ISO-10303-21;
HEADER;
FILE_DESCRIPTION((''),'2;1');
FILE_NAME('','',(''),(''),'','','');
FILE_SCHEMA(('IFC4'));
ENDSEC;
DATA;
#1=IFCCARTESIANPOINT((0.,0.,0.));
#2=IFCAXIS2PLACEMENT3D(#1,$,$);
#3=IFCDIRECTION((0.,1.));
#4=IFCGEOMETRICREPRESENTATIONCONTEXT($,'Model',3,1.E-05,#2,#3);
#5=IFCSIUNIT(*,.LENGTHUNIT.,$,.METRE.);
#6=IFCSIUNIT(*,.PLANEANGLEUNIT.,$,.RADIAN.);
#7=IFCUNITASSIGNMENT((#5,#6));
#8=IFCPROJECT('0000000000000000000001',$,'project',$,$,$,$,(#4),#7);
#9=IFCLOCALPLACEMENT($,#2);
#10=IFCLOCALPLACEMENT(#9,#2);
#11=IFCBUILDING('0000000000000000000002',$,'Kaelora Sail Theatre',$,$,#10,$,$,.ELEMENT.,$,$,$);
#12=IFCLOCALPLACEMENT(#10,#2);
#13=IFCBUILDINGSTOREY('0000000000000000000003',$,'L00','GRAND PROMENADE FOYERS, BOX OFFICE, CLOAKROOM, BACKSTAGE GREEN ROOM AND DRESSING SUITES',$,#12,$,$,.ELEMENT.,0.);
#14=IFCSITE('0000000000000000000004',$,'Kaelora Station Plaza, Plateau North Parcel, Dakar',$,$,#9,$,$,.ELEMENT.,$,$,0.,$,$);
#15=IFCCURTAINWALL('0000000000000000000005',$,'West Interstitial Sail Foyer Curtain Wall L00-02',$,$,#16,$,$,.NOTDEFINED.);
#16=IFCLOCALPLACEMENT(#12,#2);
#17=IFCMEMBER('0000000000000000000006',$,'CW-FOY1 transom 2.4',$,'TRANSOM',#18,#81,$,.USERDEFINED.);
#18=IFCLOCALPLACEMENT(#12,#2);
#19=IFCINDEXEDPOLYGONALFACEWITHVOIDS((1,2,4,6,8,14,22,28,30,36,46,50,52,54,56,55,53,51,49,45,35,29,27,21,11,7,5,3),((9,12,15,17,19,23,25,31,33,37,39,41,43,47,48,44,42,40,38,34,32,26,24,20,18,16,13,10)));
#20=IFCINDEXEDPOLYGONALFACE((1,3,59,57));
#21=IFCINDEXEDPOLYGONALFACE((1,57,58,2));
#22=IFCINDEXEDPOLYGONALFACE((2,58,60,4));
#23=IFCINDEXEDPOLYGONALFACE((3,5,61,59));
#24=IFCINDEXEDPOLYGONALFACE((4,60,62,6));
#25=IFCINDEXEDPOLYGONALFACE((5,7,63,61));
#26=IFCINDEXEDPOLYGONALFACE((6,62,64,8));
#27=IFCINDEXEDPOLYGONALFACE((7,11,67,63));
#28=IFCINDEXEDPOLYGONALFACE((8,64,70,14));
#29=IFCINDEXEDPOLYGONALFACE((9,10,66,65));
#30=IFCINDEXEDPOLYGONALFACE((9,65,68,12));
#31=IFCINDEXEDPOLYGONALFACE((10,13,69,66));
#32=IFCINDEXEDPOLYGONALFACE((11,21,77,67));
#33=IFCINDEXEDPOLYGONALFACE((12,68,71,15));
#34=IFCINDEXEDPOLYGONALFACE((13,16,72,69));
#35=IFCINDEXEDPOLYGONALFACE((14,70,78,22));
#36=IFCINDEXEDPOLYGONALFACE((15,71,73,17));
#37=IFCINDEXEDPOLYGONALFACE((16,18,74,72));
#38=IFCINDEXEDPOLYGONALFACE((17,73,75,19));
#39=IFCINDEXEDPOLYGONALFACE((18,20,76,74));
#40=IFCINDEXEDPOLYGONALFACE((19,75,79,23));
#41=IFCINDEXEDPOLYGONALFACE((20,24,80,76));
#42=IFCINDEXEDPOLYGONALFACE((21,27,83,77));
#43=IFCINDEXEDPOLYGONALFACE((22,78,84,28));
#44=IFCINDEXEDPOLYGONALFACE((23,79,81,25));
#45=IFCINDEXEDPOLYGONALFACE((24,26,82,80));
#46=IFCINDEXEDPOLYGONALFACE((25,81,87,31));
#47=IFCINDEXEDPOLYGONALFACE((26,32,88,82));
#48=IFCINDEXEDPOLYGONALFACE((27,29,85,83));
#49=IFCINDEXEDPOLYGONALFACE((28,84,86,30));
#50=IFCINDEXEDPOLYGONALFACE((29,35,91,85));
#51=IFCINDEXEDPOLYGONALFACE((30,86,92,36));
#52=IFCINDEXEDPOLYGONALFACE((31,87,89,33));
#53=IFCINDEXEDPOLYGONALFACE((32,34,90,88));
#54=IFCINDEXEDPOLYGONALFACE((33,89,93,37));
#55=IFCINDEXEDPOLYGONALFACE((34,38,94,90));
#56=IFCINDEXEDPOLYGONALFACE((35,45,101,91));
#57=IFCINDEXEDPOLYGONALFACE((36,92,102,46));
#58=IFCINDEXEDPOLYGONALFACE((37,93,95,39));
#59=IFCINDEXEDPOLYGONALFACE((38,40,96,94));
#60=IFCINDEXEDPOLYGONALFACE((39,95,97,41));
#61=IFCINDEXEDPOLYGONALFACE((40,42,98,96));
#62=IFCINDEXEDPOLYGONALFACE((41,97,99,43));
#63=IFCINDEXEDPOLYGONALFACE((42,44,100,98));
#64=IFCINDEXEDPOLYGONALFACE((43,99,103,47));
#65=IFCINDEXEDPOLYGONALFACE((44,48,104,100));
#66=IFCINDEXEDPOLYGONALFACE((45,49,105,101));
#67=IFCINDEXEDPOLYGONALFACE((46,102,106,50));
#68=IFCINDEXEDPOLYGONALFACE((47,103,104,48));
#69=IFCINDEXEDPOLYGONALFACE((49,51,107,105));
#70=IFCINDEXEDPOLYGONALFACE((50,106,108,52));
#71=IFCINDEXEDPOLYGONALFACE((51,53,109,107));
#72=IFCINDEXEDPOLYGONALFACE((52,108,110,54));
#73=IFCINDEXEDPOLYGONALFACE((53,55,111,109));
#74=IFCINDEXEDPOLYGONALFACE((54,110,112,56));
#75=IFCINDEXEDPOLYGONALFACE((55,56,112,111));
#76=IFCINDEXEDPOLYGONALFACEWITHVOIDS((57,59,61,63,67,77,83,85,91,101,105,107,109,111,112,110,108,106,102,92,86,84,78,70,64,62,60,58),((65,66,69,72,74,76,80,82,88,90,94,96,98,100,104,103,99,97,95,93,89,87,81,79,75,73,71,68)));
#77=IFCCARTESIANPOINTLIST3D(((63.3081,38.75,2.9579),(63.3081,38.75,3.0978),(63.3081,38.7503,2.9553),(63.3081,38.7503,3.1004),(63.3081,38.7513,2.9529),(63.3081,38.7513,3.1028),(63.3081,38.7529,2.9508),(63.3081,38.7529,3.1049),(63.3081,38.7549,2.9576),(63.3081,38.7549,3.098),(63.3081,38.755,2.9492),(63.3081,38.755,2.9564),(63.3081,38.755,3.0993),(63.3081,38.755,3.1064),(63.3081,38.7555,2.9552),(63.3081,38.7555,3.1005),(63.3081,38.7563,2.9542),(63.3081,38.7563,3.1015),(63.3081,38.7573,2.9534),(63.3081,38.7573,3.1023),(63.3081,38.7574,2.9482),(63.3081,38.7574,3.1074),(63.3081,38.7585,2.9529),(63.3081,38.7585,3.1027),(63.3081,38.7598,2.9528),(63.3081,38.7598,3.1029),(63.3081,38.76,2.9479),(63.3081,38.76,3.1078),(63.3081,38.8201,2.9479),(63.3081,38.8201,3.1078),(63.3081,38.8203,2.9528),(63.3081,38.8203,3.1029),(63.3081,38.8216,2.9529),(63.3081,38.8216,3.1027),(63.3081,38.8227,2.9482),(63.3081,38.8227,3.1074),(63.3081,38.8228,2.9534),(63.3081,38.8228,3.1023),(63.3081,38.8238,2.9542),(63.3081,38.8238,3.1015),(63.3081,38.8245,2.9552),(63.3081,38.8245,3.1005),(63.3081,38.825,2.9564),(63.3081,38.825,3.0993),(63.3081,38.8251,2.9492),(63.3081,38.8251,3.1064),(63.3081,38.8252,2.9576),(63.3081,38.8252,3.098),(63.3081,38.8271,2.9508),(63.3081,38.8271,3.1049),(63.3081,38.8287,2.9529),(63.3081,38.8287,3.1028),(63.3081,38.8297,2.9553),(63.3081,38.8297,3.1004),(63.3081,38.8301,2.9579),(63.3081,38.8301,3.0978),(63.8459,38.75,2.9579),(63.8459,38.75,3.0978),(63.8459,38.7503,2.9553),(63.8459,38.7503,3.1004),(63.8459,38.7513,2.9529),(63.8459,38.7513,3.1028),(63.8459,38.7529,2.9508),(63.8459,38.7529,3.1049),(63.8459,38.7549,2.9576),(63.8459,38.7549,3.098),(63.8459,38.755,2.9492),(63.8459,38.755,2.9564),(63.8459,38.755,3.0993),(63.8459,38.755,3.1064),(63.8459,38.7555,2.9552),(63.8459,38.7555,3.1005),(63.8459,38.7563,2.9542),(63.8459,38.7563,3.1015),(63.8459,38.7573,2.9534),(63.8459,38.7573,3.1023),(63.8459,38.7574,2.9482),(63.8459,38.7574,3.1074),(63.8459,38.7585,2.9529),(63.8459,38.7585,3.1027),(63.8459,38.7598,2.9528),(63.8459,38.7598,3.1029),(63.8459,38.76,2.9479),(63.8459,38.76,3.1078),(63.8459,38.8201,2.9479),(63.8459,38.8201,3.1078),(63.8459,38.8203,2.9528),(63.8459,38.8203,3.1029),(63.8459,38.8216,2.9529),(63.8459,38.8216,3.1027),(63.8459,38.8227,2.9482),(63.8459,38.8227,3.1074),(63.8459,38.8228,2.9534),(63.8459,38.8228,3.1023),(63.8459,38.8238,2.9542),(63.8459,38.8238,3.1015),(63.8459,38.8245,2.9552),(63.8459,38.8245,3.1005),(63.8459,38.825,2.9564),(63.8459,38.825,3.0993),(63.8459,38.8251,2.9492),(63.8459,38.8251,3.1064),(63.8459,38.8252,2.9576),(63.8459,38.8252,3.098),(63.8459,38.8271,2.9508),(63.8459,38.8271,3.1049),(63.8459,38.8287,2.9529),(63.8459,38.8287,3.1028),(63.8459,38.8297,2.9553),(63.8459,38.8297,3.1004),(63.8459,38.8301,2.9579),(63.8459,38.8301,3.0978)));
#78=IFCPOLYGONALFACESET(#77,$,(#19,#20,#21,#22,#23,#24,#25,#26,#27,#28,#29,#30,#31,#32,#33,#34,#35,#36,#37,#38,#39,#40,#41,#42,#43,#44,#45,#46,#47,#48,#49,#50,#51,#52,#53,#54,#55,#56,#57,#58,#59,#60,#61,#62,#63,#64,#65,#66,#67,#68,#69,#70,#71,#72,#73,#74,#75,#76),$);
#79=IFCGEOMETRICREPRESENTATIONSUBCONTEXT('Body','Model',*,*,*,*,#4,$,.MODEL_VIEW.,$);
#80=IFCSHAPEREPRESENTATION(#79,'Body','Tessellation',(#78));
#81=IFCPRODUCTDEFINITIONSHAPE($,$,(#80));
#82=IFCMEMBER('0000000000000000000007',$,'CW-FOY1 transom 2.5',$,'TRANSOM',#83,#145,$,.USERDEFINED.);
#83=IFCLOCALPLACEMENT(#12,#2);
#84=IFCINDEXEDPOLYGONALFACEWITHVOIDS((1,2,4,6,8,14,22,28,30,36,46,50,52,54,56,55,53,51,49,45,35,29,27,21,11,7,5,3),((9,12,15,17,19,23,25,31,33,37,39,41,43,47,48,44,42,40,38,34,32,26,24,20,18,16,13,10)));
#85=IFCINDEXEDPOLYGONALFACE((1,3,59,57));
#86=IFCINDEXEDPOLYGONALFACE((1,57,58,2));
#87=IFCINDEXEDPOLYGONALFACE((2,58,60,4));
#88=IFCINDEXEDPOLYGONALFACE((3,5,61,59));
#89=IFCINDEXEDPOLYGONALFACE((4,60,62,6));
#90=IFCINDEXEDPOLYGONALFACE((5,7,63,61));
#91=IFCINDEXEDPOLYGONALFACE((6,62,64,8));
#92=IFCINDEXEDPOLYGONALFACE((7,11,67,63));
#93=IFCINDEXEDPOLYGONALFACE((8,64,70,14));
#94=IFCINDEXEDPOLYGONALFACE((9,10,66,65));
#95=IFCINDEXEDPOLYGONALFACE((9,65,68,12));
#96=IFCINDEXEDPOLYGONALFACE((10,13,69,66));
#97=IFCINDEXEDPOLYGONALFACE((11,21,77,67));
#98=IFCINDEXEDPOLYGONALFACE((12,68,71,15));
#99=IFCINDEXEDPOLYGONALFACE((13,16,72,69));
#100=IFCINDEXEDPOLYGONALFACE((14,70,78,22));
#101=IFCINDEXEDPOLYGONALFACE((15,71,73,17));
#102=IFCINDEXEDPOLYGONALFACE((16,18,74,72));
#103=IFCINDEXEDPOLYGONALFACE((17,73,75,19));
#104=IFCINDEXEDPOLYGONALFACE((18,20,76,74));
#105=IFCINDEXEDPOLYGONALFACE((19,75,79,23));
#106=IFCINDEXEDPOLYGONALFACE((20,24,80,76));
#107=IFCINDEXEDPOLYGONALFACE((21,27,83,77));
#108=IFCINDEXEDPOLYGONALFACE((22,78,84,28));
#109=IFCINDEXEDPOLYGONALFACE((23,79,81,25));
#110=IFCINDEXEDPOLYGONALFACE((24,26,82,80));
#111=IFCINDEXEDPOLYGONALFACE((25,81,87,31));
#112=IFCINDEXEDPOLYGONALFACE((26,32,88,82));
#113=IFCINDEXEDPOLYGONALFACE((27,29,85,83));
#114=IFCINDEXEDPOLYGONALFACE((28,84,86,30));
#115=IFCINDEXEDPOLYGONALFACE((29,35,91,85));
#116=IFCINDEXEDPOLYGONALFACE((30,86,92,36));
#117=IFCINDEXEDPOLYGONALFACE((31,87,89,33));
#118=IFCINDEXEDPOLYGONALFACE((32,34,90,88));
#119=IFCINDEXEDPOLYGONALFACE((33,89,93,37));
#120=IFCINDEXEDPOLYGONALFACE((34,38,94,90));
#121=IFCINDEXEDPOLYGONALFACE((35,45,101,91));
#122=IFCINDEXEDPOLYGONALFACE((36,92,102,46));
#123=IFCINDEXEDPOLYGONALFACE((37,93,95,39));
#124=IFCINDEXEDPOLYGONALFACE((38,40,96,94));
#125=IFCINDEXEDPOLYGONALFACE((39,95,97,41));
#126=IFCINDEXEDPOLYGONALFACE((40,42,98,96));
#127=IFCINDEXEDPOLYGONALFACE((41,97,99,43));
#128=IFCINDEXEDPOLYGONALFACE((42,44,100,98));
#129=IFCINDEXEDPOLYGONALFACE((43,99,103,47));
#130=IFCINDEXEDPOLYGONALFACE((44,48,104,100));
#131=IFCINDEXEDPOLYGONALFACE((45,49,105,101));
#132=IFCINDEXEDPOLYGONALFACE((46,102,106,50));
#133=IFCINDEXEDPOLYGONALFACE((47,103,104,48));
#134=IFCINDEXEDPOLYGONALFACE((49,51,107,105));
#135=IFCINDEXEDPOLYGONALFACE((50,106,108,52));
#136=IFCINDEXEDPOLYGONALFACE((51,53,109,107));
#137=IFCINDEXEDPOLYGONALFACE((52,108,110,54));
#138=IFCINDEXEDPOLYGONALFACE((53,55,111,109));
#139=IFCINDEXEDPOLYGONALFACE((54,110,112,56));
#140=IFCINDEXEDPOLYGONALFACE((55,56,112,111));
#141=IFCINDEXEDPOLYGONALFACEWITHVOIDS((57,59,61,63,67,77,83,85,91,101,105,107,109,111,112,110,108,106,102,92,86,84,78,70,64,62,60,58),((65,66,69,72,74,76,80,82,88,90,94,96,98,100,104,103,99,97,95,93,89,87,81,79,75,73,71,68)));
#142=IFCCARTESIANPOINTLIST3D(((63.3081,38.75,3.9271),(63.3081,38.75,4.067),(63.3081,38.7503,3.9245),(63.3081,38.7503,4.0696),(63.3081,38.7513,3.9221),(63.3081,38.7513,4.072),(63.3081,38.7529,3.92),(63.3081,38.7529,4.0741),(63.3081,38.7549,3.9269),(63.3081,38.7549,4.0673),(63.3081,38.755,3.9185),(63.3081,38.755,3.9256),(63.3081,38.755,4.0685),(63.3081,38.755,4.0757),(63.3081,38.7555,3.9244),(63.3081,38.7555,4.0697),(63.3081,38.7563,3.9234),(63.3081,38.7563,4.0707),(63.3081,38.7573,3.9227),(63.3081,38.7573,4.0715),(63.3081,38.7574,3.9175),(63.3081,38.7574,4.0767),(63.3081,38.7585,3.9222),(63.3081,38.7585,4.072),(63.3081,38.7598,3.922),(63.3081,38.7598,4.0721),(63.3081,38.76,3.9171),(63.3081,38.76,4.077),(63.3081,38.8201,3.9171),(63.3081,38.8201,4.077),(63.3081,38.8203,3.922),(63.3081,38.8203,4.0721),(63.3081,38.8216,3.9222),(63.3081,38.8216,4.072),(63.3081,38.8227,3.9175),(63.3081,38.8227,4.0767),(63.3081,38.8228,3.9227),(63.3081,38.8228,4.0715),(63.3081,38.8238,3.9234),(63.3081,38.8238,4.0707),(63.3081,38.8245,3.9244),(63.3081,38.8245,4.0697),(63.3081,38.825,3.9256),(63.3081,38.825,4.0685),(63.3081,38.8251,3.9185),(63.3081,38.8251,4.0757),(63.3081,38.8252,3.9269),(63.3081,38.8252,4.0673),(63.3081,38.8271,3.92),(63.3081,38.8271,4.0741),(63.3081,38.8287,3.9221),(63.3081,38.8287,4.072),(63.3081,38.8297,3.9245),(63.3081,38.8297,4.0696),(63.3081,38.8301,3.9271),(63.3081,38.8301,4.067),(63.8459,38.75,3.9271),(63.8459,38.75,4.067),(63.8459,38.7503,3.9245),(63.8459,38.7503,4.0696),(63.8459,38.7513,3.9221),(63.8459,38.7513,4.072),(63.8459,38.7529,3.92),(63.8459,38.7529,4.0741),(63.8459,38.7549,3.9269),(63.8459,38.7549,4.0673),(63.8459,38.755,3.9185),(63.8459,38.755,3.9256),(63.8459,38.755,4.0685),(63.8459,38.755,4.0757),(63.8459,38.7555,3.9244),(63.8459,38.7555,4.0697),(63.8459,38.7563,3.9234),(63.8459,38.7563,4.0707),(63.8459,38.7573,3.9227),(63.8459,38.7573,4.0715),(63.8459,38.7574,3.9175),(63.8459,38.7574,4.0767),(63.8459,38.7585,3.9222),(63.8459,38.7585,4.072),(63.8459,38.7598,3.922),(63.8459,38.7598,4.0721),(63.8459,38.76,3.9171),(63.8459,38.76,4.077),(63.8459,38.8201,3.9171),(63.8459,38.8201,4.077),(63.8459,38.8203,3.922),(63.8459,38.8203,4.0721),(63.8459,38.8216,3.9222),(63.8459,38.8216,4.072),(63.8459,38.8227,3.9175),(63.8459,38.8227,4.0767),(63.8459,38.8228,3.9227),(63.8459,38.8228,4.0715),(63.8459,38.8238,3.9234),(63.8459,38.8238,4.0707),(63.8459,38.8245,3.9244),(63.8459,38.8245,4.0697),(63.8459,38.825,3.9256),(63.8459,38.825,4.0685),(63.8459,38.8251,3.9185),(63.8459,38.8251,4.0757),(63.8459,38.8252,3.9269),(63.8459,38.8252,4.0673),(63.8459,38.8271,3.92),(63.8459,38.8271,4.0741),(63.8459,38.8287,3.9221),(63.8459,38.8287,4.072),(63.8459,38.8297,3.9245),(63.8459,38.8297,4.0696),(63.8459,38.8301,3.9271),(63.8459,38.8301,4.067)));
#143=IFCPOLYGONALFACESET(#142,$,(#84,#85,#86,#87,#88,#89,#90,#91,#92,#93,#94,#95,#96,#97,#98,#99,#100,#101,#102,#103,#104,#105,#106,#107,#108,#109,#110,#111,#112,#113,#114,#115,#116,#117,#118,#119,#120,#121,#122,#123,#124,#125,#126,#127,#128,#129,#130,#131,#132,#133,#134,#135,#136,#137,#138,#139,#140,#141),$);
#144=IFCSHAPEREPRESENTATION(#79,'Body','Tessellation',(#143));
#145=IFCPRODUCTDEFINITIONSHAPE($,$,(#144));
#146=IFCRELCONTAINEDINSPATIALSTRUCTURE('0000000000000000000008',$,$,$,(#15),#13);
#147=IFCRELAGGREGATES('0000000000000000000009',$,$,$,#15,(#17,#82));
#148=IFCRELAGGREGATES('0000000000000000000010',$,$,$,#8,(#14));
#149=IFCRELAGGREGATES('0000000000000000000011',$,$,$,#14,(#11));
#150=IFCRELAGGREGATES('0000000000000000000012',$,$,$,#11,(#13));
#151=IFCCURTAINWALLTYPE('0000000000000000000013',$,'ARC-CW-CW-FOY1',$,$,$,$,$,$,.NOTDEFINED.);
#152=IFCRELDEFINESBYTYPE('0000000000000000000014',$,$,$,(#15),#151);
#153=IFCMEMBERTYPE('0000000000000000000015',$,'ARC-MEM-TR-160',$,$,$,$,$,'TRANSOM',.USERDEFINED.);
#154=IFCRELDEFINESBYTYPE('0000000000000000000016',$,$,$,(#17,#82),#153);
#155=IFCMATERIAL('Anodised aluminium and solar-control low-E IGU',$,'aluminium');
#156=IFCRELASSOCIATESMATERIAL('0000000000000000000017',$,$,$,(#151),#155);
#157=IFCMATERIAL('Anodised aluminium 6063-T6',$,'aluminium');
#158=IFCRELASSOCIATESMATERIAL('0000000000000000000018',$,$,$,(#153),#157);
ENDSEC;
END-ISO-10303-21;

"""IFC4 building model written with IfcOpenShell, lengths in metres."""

from ifc_helpers import new_model, si_unit, direction, frame, origin, origin_2d, place, context, subcontext, project, spatial, hollow_rectangle, extrude, material, material_profile, profile_set, type_object, element, aggregate, save


model = new_model("IFC4")

# Units and contexts
model_context = context("Model", 3, precision=1e-05, world=origin(), true_north=direction((0.0, 1.0)))
body_context = subcontext(model_context, "Body", "Model", "MODEL_VIEW")
ifc_project = project(units=[si_unit("LENGTHUNIT", "METRE"), si_unit("PLANEANGLEUNIT", "RADIAN")], contexts=[model_context])

# Site, building, storey
site_placement = place(None, origin())
site = spatial("IfcSite", under=ifc_project, at=site_placement, Name="Kaelora Station Plaza, Plateau North Parcel, Dakar", CompositionType="ELEMENT", RefElevation=0.0)
building_placement = place(site_placement, origin())
building = spatial("IfcBuilding", under=site, at=building_placement, Name="Kaelora Sail Theatre", CompositionType="ELEMENT")
storey_placement = place(building_placement, origin())
storey = spatial("IfcBuildingStorey", under=building, at=storey_placement, Name="L00", Description="GRAND PROMENADE FOYERS, BOX OFFICE, CLOAKROOM, BACKSTAGE GREEN ROOM AND DRESSING SUITES", CompositionType="ELEMENT", Elevation=0.0)

# Curtain wall, members
ifc_material_1 = material(Name="Anodised aluminium and solar-control low-E IGU", Category="aluminium")
curtain_wall_type = type_object("IfcCurtainWallType", Name="ARC-CW-CW-FOY1", PredefinedType="NOTDEFINED", material=ifc_material_1)
curtain_wall_1_placement = place(storey_placement, origin())
curtain_wall_1 = element("IfcCurtainWall", 1, at=curtain_wall_1_placement, inside=storey, type_object=curtain_wall_type, Name="West Interstitial Sail Foyer Curtain Wall L00-02", PredefinedType="NOTDEFINED")
ifc_material_2 = material(Name="Anodised aluminium 6063-T6", Category="aluminium")
ifc_material_profile = material_profile(ifc_material_2, hollow_rectangle(XDim=0.0801, YDim=0.1599, WallThickness=0.0049, InnerFilletRadius=0.0049, OuterFilletRadius=0.01, at=origin_2d()), Name="ALU-TRAN 80x160x5")
ifc_profile_set = profile_set([ifc_material_profile], Name="Anodised aluminium 6063-T6")
member_type = type_object("IfcMemberType", Name="ARC-MEM-TR-160", ElementType="TRANSOM", PredefinedType="USERDEFINED", material=ifc_profile_set)
member_1_placement = place(storey_placement, frame((63.3081, 38.79, 3.0278), z_axis=(1.0, 0.0, 0.0), x_axis=(0.0, 1.0, 0.0)))
member_1 = element("IfcMember", 2, at=member_1_placement, type_object=member_type, Name="CW-FOY1 transom 2.4", ObjectType="TRANSOM", PredefinedType="USERDEFINED", context=body_context, shape_type="SweptSolid", body=[
    extrude(hollow_rectangle(XDim=0.0801, YDim=0.1599, WallThickness=0.0049, InnerFilletRadius=0.0049, OuterFilletRadius=0.01, at=origin_2d()), origin(), (0.0, 0.0, 1.0), 0.5378),
])
member_2_placement = place(storey_placement, frame((63.3081, 38.79, 3.9971), z_axis=(1.0, 0.0, 0.0), x_axis=(0.0, 1.0, 0.0)))
member_2 = element("IfcMember", 3, at=member_2_placement, type_object=member_type, Name="CW-FOY1 transom 2.5", ObjectType="TRANSOM", PredefinedType="USERDEFINED", context=body_context, shape_type="SweptSolid", body=[
    extrude(hollow_rectangle(XDim=0.0801, YDim=0.1599, WallThickness=0.0049, InnerFilletRadius=0.0049, OuterFilletRadius=0.01, at=origin_2d()), origin(), (0.0, 0.0, 1.0), 0.5378),
])

aggregate(curtain_wall_1, [member_1, member_2])

save(model, "model.ifc")
